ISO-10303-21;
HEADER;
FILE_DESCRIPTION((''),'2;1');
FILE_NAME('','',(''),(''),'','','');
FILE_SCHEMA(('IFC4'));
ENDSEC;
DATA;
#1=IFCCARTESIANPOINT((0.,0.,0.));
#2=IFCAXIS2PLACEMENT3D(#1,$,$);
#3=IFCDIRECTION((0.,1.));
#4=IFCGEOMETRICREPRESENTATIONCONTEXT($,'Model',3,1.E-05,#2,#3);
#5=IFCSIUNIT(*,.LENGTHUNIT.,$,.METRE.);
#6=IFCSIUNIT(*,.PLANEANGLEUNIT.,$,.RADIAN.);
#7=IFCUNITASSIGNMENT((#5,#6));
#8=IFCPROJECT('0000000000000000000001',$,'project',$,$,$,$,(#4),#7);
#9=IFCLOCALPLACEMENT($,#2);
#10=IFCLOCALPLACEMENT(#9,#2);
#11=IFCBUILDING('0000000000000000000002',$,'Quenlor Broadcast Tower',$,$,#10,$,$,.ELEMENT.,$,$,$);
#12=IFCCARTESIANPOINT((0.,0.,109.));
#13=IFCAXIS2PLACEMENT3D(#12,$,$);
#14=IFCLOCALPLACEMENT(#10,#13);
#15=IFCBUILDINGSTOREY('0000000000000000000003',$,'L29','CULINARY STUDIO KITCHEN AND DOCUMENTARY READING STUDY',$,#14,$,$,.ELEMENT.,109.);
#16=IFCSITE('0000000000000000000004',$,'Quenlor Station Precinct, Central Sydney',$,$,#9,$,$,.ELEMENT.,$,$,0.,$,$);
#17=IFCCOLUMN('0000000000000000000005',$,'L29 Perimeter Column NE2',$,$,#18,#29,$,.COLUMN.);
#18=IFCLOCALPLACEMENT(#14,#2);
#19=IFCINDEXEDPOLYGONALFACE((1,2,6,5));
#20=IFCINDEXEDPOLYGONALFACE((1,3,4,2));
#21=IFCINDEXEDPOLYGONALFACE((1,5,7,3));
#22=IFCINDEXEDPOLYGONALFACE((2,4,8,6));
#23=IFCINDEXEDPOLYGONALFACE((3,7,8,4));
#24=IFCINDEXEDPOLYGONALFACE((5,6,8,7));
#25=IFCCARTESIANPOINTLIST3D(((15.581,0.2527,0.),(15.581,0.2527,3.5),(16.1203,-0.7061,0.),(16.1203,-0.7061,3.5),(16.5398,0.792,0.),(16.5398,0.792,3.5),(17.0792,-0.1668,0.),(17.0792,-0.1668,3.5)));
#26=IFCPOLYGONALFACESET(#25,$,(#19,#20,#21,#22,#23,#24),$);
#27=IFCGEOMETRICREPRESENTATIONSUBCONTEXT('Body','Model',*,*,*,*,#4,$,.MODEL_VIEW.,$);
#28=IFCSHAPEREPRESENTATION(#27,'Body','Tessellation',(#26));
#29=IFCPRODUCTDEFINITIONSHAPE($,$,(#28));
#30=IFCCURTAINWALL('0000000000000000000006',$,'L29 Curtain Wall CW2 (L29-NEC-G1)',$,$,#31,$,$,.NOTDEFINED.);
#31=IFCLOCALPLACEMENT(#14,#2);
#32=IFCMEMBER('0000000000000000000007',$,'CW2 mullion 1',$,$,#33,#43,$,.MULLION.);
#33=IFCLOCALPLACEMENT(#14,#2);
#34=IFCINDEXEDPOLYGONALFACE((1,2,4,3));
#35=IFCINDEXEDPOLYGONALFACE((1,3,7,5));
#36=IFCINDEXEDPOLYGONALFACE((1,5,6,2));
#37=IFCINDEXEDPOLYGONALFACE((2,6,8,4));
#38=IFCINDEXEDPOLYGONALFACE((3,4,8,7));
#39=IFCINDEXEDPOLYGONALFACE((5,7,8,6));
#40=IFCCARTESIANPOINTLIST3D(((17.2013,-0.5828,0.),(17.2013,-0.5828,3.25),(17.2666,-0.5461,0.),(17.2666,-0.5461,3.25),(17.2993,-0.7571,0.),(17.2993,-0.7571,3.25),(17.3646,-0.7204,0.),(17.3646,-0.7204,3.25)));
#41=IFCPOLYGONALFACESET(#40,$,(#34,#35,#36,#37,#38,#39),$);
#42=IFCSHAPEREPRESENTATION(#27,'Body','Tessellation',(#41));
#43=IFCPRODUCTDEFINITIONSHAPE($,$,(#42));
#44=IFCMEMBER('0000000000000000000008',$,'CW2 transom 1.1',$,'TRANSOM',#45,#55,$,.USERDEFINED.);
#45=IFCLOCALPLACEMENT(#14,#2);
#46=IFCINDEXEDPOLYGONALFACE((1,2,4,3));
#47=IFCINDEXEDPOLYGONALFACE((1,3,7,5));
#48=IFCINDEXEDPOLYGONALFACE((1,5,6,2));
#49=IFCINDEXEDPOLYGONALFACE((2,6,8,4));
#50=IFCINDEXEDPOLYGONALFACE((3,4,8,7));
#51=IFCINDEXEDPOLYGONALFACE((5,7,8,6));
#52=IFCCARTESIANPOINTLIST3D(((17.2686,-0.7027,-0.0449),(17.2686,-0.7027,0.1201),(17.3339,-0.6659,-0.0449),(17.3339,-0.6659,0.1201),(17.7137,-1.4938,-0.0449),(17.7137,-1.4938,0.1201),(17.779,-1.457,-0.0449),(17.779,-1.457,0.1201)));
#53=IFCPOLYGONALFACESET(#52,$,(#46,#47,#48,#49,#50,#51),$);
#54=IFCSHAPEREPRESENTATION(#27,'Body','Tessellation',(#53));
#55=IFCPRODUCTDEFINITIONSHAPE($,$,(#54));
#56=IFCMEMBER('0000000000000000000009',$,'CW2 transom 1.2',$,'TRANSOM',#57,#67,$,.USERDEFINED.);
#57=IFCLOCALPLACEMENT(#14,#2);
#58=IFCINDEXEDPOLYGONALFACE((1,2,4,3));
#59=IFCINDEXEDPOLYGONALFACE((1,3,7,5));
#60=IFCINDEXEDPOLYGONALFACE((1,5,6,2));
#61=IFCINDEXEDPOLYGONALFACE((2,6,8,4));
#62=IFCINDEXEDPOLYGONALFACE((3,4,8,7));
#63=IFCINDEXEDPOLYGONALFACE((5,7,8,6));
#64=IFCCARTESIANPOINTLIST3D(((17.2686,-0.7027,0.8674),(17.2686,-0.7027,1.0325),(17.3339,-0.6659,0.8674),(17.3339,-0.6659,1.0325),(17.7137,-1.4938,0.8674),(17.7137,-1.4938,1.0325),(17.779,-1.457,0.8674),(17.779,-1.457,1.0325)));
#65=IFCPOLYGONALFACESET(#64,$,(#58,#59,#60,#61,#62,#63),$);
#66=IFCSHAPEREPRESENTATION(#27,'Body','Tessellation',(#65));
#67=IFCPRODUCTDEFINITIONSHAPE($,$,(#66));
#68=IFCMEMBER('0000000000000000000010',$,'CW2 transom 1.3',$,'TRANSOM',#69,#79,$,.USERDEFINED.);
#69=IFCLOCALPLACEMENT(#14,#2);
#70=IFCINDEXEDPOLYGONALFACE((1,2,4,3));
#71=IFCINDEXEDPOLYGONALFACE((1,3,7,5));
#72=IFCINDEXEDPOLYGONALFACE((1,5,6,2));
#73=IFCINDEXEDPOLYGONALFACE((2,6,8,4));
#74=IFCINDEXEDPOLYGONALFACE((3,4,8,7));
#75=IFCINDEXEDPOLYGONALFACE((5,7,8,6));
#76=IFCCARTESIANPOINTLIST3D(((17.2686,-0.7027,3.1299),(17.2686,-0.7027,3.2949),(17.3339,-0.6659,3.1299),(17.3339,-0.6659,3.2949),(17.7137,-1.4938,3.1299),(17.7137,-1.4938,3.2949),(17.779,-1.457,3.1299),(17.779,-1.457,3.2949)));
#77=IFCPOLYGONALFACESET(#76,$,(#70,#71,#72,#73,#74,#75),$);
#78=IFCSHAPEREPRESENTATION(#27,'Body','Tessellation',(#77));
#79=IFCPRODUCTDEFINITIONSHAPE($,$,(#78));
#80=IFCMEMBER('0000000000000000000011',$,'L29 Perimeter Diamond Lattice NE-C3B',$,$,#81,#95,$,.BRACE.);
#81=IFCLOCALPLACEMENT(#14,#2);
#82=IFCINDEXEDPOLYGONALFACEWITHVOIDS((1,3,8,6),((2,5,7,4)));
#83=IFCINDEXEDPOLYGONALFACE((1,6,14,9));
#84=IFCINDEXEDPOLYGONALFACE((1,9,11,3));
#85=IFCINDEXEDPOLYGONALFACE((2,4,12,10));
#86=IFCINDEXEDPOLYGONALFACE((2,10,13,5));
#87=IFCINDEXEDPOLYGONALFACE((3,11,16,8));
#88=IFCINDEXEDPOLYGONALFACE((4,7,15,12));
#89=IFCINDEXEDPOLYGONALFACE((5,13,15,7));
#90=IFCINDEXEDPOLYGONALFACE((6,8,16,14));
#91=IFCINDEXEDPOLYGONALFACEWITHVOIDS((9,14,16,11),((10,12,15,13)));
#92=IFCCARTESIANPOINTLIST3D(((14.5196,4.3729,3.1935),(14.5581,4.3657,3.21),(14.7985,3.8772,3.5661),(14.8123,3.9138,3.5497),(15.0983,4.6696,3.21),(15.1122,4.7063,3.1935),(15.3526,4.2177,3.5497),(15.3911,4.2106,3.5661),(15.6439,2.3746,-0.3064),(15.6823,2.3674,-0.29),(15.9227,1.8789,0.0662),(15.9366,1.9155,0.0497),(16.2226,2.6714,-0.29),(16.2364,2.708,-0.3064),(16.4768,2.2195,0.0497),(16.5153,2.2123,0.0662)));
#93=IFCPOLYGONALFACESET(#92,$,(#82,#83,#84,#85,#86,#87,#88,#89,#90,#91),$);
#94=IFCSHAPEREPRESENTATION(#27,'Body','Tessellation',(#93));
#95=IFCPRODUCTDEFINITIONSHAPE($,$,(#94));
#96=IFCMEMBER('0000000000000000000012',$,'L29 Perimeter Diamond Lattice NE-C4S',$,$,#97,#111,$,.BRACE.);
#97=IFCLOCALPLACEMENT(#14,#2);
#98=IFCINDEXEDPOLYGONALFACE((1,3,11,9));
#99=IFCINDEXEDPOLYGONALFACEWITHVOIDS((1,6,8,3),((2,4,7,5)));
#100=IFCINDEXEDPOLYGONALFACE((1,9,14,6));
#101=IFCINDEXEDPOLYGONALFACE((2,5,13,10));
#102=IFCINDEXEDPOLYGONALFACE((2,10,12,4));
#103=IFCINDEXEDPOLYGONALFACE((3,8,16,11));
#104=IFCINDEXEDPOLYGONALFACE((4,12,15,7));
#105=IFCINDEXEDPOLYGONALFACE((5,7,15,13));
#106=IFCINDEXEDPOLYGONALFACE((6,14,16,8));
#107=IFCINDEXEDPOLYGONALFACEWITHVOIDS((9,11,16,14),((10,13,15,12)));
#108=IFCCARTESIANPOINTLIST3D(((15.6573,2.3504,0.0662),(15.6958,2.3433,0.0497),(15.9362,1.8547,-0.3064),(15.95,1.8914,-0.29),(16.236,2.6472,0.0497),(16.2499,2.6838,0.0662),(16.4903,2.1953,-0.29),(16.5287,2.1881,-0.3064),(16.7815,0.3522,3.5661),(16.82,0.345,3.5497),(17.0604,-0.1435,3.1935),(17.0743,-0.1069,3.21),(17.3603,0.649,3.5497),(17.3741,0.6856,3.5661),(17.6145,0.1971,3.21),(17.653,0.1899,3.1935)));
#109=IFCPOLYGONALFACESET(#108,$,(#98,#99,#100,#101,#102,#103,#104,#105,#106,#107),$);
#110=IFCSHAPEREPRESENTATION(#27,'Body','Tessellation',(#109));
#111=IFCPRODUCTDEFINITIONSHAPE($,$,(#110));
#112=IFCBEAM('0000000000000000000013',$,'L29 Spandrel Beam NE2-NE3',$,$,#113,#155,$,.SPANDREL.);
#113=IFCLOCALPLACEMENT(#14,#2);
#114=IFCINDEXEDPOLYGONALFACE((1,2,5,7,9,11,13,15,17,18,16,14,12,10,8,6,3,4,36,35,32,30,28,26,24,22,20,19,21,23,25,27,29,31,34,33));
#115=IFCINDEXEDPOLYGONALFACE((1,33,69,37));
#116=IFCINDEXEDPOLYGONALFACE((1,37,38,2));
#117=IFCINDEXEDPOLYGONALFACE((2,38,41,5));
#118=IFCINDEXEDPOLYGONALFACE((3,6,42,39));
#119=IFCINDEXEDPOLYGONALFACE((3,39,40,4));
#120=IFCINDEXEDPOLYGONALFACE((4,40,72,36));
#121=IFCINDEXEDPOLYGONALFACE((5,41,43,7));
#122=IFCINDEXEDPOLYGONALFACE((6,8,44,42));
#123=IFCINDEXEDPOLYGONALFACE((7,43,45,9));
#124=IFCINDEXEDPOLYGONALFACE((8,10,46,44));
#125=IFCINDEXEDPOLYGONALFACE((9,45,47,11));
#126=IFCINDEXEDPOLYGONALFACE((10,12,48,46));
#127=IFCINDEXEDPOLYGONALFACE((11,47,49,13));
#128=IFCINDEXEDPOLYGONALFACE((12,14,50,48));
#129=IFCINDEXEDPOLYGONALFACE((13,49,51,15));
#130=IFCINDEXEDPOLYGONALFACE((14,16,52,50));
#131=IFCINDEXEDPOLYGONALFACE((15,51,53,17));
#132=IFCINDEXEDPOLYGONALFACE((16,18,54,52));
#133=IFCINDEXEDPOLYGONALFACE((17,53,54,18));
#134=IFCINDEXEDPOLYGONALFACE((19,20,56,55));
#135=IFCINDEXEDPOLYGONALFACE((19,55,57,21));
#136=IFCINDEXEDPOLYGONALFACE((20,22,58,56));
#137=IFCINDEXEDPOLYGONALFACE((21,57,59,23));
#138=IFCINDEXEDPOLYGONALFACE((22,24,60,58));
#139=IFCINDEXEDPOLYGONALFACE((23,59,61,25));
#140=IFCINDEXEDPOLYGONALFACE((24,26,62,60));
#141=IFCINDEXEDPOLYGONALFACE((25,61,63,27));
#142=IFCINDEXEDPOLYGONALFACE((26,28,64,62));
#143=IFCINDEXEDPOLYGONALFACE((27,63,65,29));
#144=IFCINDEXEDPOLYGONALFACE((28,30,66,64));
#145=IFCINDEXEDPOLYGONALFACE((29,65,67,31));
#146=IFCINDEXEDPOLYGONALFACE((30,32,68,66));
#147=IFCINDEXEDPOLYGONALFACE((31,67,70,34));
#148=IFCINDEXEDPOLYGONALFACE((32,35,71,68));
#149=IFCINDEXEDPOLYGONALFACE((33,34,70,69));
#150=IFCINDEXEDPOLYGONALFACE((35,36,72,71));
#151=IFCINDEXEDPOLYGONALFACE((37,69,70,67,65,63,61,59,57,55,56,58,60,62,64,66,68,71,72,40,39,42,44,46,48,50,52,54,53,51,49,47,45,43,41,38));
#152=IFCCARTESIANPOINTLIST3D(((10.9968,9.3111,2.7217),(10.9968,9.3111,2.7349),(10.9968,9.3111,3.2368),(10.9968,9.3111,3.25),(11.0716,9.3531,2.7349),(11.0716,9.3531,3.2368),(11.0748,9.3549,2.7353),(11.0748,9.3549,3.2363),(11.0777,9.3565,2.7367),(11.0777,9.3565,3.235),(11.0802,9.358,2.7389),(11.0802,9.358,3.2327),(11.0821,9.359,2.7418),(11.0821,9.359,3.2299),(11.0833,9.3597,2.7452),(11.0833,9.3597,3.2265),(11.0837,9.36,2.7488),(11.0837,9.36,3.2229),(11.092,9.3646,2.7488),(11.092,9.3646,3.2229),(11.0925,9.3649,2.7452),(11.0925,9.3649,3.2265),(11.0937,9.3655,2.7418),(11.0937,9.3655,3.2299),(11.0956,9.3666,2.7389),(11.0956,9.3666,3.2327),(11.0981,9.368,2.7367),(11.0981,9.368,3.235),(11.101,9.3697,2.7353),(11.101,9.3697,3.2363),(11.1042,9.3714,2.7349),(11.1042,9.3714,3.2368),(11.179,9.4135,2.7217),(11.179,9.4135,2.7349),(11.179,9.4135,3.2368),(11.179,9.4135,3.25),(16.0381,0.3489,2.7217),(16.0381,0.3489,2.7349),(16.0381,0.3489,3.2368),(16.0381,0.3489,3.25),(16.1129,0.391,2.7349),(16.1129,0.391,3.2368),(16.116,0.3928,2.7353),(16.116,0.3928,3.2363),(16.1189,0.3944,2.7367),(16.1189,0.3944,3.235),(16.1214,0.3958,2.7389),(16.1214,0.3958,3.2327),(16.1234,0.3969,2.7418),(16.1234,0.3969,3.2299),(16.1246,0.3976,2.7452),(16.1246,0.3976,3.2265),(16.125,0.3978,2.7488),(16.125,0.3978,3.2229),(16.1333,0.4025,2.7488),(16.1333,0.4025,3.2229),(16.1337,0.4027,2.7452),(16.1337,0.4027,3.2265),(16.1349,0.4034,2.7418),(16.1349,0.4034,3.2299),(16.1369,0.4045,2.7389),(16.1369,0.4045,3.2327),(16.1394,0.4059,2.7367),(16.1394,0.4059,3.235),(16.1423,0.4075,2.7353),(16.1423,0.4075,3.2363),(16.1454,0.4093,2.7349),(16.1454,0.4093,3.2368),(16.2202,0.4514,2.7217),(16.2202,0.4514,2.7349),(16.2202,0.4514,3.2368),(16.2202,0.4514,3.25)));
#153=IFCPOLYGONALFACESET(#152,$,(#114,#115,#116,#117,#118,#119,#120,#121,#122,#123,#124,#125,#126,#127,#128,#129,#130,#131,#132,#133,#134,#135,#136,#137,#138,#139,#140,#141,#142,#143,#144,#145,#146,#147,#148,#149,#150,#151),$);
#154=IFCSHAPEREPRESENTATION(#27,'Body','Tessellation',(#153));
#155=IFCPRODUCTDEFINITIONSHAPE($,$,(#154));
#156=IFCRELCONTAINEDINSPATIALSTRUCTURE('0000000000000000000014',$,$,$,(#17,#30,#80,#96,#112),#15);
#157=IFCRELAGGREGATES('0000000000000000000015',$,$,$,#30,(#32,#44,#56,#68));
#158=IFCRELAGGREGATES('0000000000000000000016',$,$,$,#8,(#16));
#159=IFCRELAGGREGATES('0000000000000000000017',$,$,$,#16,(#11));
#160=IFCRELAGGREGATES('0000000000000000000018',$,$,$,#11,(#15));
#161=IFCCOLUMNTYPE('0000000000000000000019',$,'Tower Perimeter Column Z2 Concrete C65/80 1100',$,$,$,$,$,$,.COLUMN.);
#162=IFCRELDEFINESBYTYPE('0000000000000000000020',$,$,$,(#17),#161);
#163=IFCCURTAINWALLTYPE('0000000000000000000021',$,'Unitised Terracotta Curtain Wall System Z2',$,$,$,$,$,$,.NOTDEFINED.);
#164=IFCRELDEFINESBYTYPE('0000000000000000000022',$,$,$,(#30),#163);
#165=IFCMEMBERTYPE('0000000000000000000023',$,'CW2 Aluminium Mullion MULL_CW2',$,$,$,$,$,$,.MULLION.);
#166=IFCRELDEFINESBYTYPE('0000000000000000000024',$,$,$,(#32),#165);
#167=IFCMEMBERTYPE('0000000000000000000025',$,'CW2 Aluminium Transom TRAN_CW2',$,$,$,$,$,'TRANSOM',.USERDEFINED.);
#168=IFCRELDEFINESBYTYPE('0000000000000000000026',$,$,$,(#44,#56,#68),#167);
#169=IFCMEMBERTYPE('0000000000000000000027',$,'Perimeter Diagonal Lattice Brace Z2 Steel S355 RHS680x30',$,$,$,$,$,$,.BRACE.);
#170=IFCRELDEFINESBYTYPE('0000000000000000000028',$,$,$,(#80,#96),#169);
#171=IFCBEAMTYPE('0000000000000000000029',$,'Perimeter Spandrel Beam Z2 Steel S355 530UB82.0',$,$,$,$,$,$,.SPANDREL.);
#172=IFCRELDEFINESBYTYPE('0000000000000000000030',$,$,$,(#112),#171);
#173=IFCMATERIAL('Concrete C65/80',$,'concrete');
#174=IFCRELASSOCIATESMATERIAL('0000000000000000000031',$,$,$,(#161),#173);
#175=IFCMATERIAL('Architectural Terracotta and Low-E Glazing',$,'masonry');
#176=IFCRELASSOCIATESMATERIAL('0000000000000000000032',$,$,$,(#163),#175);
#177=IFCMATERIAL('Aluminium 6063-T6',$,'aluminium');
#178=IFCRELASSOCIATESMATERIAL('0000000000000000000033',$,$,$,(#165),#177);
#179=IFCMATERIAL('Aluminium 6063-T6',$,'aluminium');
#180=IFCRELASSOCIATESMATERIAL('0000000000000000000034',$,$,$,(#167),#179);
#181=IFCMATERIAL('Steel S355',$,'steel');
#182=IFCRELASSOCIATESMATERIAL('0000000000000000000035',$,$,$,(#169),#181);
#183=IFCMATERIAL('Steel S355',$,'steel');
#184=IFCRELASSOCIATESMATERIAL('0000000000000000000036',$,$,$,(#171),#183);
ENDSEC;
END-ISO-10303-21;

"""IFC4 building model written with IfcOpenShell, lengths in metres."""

from ifc_helpers import new_model, si_unit, direction, frame, origin, origin_2d, place, context, subcontext, project, spatial, rectangle, hollow_rectangle, i_section, extrude, material, material_profile, profile_set, type_object, element, aggregate, save


model = new_model("IFC4")

# Units and contexts
model_context = context("Model", 3, precision=1e-05, world=origin(), true_north=direction((0.0, 1.0)))
body_context = subcontext(model_context, "Body", "Model", "MODEL_VIEW")
ifc_project = project(units=[si_unit("LENGTHUNIT", "METRE"), si_unit("PLANEANGLEUNIT", "RADIAN")], contexts=[model_context])

# Site, building, storey
site_placement = place(None, origin())
site = spatial("IfcSite", under=ifc_project, at=site_placement, Name="Quenlor Station Precinct, Central Sydney", CompositionType="ELEMENT", RefElevation=0.0)
building_placement = place(site_placement, origin())
building = spatial("IfcBuilding", under=site, at=building_placement, Name="Quenlor Broadcast Tower", CompositionType="ELEMENT")
storey_placement = place(building_placement, frame((0.0, 0.0, 109.0)))
storey = spatial("IfcBuildingStorey", under=building, at=storey_placement, Name="L29", Description="CULINARY STUDIO KITCHEN AND DOCUMENTARY READING STUDY", CompositionType="ELEMENT", Elevation=109.0)

# Column
ifc_material_1 = material(Name="Concrete C65/80", Category="concrete")
ifc_material_profile_1 = material_profile(ifc_material_1, rectangle(XDim=1.1001, YDim=1.1001, at=origin_2d()))
ifc_profile_set_1 = profile_set([ifc_material_profile_1], Name="Concrete C65/80 RC1100x1100")
column_type = type_object("IfcColumnType", Name="Tower Perimeter Column Z2 Concrete C65/80 1100", PredefinedType="COLUMN", material=ifc_profile_set_1)
column_placement = place(storey_placement, frame((16.3301, 0.043, 0.0), z_axis=(0.0, 0.0, 1.0), x_axis=(0.871575, 0.490262, 0.0)))
element("IfcColumn", 1, at=column_placement, inside=storey, type_object=column_type, Name="L29 Perimeter Column NE2", PredefinedType="COLUMN", context=body_context, shape_type="SweptSolid", body=[
    extrude(rectangle(XDim=1.1001, YDim=1.1001, at=origin_2d()), origin(), (0.0, 0.0, 1.0), 3.5),
])

# Curtain wall, members
ifc_material_2 = material(Name="Architectural Terracotta and Low-E Glazing", Category="masonry")
curtain_wall_type = type_object("IfcCurtainWallType", Name="Unitised Terracotta Curtain Wall System Z2", PredefinedType="NOTDEFINED", material=ifc_material_2)
curtain_wall_placement = place(storey_placement, origin())
curtain_wall = element("IfcCurtainWall", 2, at=curtain_wall_placement, inside=storey, type_object=curtain_wall_type, Name="L29 Curtain Wall CW2 (L29-NEC-G1)", PredefinedType="NOTDEFINED")
ifc_material_3 = material(Name="Aluminium 6063-T6", Category="aluminium")
ifc_material_profile_2 = material_profile(ifc_material_3, rectangle(XDim=0.075, YDim=0.2, at=origin_2d()))
ifc_profile_set_2 = profile_set([ifc_material_profile_2], Name="Aluminium 6063-T6 MULL75x200")
member_type_1 = type_object("IfcMemberType", Name="CW2 Aluminium Mullion MULL_CW2", PredefinedType="MULLION", material=ifc_profile_set_2)
member_1_placement = place(storey_placement, frame((17.283, -0.6516, 0.0), z_axis=(0.0, 0.0, 1.0), x_axis=(0.871581, 0.490252, 0.0)))
member_1 = element("IfcMember", 3, at=member_1_placement, type_object=member_type_1, Name="CW2 mullion 1", PredefinedType="MULLION", context=body_context, shape_type="SweptSolid", body=[
    extrude(rectangle(XDim=0.075, YDim=0.2, at=origin_2d()), origin(), (0.0, 0.0, 1.0), 3.25),
])
ifc_material_4 = material(Name="Aluminium 6063-T6", Category="aluminium")
ifc_material_profile_3 = material_profile(ifc_material_4, rectangle(XDim=0.075, YDim=0.165, at=origin_2d()))
ifc_profile_set_3 = profile_set([ifc_material_profile_3], Name="Aluminium 6063-T6 TRAN75x165")
member_type_2 = type_object("IfcMemberType", Name="CW2 Aluminium Transom TRAN_CW2", ElementType="TRANSOM", PredefinedType="USERDEFINED", material=ifc_profile_set_3)
member_2_placement = place(storey_placement, frame((17.3013, -0.6843, 0.0376), z_axis=(0.490363, -0.871518, 0.0), x_axis=(0.871518, 0.490363, 0.0)))
member_2 = element("IfcMember", 4, at=member_2_placement, type_object=member_type_2, Name="CW2 transom 1.1", ObjectType="TRANSOM", PredefinedType="USERDEFINED", context=body_context, shape_type="SweptSolid", body=[
    extrude(rectangle(XDim=0.075, YDim=0.165, at=origin_2d()), origin(), (0.0, 0.0, 1.0), 0.9077),
])
member_3_placement = place(storey_placement, frame((17.3013, -0.6843, 0.95), z_axis=(0.490363, -0.871518, 0.0), x_axis=(0.871518, 0.490363, 0.0)))
member_3 = element("IfcMember", 5, at=member_3_placement, type_object=member_type_2, Name="CW2 transom 1.2", ObjectType="TRANSOM", PredefinedType="USERDEFINED", context=body_context, shape_type="SweptSolid", body=[
    extrude(rectangle(XDim=0.075, YDim=0.165, at=origin_2d()), origin(), (0.0, 0.0, 1.0), 0.9077),
])
member_4_placement = place(storey_placement, frame((17.3013, -0.6843, 3.2124), z_axis=(0.490363, -0.871518, 0.0), x_axis=(0.871518, 0.490363, 0.0)))
member_4 = element("IfcMember", 6, at=member_4_placement, type_object=member_type_2, Name="CW2 transom 1.3", ObjectType="TRANSOM", PredefinedType="USERDEFINED", context=body_context, shape_type="SweptSolid", body=[
    extrude(rectangle(XDim=0.075, YDim=0.165, at=origin_2d()), origin(), (0.0, 0.0, 1.0), 0.9077),
])

# Members
ifc_material_5 = material(Name="Steel S355", Category="steel")
ifc_material_profile_4 = material_profile(ifc_material_5, hollow_rectangle(XDim=0.6799, YDim=0.6799, WallThickness=0.03, at=origin_2d()))
ifc_profile_set_4 = profile_set([ifc_material_profile_4], Name="Steel S355 RHS680x680x30")
member_type_3 = type_object("IfcMemberType", Name="Perimeter Diagonal Lattice Brace Z2 Steel S355 RHS680x30", PredefinedType="BRACE", material=ifc_profile_set_4)
for number, where, z_axis, x_axis, name in (
    (7, (16.0796, 2.2935, -0.1201), (-0.268697, 0.477585, 0.836489), (-0.871533, -0.490337, 0.0), "L29 Perimeter Diamond Lattice NE-C3B"),
    (8, (16.093, 2.2693, -0.1201), (0.268697, -0.477585, 0.836489), (0.871533, 0.490337, 0.0), "L29 Perimeter Diamond Lattice NE-C4S"),
):
    element("IfcMember", number, at=place(storey_placement, frame(where, z_axis=z_axis, x_axis=x_axis)), inside=storey, type_object=member_type_3, Name=name, PredefinedType="BRACE", context=body_context, shape_type="SweptSolid", body=[
        extrude(hollow_rectangle(XDim=0.6799, YDim=0.6799, WallThickness=0.03, at=origin_2d()), origin(), (0.0, 0.0, 1.0), 4.1841),
    ])

# Beam
ifc_material_6 = material(Name="Steel S355", Category="steel")
ifc_material_profile_5 = material_profile(ifc_material_6, i_section(OverallWidth=0.209, OverallDepth=0.5283, WebThickness=0.0095, FlangeThickness=0.0132, FilletRadius=0.0139, at=origin_2d()))
ifc_profile_set_5 = profile_set([ifc_material_profile_5], Name="Steel S355 530UB82.0")
beam_type_1 = type_object("IfcBeamType", Name="Perimeter Spandrel Beam Z2 Steel S355 530UB82.0", PredefinedType="SPANDREL", material=ifc_profile_set_5)
beam_1_placement = place(storey_placement, frame((16.1292, 0.4001, 2.9858), z_axis=(-0.490265, 0.871574, 0.0), x_axis=(-0.871574, -0.490265, 0.0)))
element("IfcBeam", 9, at=beam_1_placement, inside=storey, type_object=beam_type_1, Name="L29 Spandrel Beam NE2-NE3", PredefinedType="SPANDREL", context=body_context, shape_type="SweptSolid", body=[
    extrude(i_section(OverallWidth=0.209, OverallDepth=0.5283, WebThickness=0.0095, FlangeThickness=0.0132, FilletRadius=0.0139, at=origin_2d()), origin(), (0.0, 0.0, 1.0), 10.2827),
])

aggregate(curtain_wall, [member_1, member_2, member_3, member_4])

save(model, "model.ifc")
